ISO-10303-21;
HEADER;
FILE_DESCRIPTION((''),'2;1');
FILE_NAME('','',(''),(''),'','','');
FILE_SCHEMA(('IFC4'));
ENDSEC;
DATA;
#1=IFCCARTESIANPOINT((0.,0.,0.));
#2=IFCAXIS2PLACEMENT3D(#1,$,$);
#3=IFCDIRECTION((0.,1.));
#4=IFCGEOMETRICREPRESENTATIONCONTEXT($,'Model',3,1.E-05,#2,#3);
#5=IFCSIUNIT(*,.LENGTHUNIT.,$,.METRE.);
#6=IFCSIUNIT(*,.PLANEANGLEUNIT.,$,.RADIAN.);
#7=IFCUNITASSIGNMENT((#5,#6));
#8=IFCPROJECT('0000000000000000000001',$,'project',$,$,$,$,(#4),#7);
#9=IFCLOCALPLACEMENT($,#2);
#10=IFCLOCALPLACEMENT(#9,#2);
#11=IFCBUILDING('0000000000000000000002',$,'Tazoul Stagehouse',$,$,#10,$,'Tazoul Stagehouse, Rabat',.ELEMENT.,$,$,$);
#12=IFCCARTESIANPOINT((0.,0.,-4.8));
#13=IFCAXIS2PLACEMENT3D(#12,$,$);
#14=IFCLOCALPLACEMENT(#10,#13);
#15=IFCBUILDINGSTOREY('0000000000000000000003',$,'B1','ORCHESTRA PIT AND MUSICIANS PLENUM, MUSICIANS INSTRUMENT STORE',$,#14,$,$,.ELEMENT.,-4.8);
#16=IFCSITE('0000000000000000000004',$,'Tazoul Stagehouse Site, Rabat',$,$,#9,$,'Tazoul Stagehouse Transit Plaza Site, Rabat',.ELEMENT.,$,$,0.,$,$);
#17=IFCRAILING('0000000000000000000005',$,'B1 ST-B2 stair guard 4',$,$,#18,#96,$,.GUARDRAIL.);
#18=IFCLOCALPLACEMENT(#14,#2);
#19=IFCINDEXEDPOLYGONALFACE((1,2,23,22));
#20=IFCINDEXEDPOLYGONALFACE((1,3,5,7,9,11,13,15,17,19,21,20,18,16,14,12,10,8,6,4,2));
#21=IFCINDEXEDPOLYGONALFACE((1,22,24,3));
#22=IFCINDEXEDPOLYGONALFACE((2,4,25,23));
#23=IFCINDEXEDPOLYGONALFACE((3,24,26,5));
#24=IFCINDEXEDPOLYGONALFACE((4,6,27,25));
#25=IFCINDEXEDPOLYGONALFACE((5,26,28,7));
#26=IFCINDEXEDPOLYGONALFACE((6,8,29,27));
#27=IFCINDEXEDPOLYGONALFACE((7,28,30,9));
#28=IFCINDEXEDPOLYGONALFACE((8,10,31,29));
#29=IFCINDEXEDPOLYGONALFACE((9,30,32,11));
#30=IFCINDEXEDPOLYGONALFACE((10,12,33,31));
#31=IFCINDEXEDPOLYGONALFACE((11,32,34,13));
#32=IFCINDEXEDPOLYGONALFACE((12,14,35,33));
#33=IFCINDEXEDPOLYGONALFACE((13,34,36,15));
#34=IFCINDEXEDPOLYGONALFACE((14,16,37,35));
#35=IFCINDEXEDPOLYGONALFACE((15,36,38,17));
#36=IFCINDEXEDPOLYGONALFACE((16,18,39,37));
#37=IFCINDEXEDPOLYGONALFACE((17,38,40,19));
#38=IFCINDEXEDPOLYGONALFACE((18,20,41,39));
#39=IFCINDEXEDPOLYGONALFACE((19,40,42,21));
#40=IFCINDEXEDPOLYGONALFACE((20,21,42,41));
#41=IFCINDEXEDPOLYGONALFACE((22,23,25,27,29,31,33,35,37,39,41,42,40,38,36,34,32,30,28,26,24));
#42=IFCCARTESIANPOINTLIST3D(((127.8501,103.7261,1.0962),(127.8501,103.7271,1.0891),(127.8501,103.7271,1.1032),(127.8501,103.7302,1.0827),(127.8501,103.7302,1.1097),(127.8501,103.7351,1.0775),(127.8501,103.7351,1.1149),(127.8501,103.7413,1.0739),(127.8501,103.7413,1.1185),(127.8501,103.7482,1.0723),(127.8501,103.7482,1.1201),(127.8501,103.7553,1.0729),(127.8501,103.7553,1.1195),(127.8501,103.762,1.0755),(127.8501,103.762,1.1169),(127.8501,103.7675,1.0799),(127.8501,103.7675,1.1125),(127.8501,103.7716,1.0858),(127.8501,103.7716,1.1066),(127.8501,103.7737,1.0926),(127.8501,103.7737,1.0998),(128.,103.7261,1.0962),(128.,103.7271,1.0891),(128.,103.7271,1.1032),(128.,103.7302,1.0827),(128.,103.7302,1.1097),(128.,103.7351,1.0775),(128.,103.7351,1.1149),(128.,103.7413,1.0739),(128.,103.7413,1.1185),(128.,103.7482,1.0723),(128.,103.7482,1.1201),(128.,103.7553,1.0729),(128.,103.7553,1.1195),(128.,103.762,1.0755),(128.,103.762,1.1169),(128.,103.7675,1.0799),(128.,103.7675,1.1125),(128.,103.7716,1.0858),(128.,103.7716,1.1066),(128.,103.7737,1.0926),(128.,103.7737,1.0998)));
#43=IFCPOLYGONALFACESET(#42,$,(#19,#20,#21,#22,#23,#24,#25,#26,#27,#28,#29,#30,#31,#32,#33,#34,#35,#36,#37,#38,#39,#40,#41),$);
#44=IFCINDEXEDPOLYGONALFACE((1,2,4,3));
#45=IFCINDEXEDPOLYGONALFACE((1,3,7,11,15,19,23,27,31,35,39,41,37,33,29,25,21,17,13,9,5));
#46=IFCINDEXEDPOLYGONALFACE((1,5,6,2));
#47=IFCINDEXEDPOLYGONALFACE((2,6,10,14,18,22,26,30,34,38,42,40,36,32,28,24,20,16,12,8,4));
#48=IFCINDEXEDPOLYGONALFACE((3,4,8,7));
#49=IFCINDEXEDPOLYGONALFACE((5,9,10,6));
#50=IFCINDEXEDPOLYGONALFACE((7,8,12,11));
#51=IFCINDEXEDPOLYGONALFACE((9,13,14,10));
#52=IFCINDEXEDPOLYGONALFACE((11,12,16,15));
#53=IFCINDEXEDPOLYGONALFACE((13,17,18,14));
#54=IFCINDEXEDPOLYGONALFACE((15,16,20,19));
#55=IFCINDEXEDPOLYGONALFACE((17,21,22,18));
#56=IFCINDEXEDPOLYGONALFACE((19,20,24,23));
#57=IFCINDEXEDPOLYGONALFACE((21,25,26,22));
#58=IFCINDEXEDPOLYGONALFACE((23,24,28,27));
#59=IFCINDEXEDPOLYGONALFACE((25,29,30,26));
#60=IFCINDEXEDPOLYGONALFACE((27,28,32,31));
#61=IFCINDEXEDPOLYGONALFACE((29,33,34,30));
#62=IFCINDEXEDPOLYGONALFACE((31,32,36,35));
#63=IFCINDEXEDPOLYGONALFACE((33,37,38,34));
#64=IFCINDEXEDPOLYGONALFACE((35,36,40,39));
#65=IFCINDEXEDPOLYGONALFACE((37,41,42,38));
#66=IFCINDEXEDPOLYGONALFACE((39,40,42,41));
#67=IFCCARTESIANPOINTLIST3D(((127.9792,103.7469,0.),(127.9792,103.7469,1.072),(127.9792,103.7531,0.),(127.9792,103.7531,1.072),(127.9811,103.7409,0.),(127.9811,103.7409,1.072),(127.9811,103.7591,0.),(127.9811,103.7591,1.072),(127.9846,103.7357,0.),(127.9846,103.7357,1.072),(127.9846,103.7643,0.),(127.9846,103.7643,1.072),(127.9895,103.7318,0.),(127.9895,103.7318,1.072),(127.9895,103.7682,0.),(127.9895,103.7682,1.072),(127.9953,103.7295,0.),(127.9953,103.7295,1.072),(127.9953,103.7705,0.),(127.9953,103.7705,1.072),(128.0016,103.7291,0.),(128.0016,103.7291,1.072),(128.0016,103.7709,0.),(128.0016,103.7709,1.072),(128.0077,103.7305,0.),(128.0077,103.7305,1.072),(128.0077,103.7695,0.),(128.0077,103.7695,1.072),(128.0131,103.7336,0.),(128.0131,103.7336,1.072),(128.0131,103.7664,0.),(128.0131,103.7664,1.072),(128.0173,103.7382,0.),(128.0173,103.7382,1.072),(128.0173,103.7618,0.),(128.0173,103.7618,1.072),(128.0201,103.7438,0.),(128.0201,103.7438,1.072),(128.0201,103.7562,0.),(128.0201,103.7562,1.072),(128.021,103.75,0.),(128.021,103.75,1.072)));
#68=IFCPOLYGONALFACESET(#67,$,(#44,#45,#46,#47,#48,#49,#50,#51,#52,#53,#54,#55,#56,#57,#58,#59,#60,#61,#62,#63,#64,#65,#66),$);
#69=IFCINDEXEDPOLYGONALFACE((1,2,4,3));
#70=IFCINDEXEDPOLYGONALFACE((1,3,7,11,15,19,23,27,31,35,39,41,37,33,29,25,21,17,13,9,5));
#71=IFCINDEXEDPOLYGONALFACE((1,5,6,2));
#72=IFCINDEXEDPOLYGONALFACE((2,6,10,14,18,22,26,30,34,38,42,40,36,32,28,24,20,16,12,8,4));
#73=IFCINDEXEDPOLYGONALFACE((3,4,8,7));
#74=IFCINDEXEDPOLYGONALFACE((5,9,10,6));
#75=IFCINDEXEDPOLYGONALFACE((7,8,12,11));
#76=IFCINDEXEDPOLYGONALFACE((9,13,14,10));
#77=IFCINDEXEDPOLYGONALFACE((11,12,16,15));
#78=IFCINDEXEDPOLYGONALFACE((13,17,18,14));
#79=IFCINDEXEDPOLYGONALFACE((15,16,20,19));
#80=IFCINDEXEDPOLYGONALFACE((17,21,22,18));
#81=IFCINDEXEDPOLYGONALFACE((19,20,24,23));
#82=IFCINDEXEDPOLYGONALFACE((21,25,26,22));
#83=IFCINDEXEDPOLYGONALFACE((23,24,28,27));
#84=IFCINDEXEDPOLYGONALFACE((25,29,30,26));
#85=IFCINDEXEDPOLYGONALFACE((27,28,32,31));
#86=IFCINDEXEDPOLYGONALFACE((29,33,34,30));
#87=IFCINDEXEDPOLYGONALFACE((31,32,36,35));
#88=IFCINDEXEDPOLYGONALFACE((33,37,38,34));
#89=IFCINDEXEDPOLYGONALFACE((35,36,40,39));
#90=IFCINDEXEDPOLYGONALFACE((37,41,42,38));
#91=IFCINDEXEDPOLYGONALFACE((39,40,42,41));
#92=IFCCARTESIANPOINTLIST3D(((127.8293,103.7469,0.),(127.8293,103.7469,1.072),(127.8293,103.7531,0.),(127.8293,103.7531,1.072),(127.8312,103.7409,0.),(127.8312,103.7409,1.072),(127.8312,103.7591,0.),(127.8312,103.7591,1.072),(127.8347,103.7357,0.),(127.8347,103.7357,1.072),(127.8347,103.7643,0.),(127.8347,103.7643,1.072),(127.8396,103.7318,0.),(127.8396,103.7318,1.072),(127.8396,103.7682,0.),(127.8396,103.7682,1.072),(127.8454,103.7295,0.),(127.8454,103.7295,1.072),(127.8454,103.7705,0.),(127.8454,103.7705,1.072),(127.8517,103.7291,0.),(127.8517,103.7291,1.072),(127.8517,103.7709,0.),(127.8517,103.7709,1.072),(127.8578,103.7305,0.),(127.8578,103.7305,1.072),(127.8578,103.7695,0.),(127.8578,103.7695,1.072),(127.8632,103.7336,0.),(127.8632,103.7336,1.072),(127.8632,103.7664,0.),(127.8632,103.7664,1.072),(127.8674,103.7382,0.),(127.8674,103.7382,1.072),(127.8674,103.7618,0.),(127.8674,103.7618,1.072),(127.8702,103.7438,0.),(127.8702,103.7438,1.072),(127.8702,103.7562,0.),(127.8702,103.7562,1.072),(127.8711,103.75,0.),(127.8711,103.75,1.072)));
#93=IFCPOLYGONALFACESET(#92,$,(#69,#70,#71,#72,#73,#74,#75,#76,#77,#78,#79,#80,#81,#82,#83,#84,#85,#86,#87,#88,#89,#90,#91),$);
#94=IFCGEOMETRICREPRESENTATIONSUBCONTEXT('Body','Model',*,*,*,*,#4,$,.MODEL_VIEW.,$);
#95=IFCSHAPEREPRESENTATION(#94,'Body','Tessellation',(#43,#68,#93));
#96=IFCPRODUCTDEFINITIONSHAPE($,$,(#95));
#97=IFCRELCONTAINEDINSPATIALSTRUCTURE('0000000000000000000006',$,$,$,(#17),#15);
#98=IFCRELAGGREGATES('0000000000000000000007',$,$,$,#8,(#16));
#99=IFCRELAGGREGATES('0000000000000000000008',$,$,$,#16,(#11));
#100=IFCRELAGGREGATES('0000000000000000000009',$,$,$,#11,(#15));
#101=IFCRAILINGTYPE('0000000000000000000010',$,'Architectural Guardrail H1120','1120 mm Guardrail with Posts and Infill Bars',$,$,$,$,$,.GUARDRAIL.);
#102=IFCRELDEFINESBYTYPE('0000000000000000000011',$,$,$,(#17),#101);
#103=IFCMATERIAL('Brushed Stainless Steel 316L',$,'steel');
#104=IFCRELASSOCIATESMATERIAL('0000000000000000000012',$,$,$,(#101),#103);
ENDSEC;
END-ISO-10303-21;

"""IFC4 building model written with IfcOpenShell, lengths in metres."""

from ifc_helpers import new_model, si_unit, direction, frame, origin, origin_2d, place, context, subcontext, project, spatial, circle, extrude, material, material_profile, profile_set, type_object, element, save


model = new_model("IFC4")

# Units and contexts
model_context = context("Model", 3, precision=1e-05, world=origin(), true_north=direction((0.0, 1.0)))
body_context = subcontext(model_context, "Body", "Model", "MODEL_VIEW")
ifc_project = project(units=[si_unit("LENGTHUNIT", "METRE"), si_unit("PLANEANGLEUNIT", "RADIAN")], contexts=[model_context])

# Site, building, storey
site_placement = place(None, origin())
site = spatial("IfcSite", under=ifc_project, at=site_placement, Name="Tazoul Stagehouse Site, Rabat", LongName="Tazoul Stagehouse Transit Plaza Site, Rabat", CompositionType="ELEMENT", RefElevation=0.0)
building_placement = place(site_placement, origin())
building = spatial("IfcBuilding", under=site, at=building_placement, Name="Tazoul Stagehouse", LongName="Tazoul Stagehouse, Rabat", CompositionType="ELEMENT")
storey_placement = place(building_placement, frame((0.0, 0.0, -4.8)))
storey = spatial("IfcBuildingStorey", under=building, at=storey_placement, Name="B1", Description="ORCHESTRA PIT AND MUSICIANS PLENUM, MUSICIANS INSTRUMENT STORE", CompositionType="ELEMENT", Elevation=-4.8)

# Railing
ifc_material_1 = material(Name="Brushed Stainless Steel 316L", Category="steel")
ifc_material_profile_1 = material_profile(ifc_material_1, circle(Radius=0.0239, at=origin_2d()), Name="SS RAIL D48")
ifc_profile_set_1 = profile_set([ifc_material_profile_1], Name="Brushed Stainless Steel 316L")
railing_type_1 = type_object("IfcRailingType", Name="Architectural Guardrail H1120", Description="1120 mm Guardrail with Posts and Infill Bars", PredefinedType="GUARDRAIL", material=ifc_profile_set_1)
railing_1_placement = place(storey_placement, frame((128.0, 103.75, 0.0)))
element("IfcRailing", 1, at=railing_1_placement, inside=storey, type_object=railing_type_1, Name="B1 ST-B2 stair guard 4", PredefinedType="GUARDRAIL", context=body_context, shape_type="SweptSolid", body=[
    extrude(circle(Radius=0.0239, at=origin_2d()), frame((0.0, 0.0, 1.0962), z_axis=(-1.0, 0.0, 0.0), x_axis=(0.0, -1.0, 0.0)), (0.0, 0.0, 1.0), 0.1499),
    extrude(circle(Radius=0.021, at=origin_2d()), origin(), (0.0, 0.0, 1.0), 1.072),
    extrude(circle(Radius=0.021, at=origin_2d()), frame((-0.1499, 0.0, 0.0)), (0.0, 0.0, 1.0), 1.072),
])

save(model, "model.ifc")
